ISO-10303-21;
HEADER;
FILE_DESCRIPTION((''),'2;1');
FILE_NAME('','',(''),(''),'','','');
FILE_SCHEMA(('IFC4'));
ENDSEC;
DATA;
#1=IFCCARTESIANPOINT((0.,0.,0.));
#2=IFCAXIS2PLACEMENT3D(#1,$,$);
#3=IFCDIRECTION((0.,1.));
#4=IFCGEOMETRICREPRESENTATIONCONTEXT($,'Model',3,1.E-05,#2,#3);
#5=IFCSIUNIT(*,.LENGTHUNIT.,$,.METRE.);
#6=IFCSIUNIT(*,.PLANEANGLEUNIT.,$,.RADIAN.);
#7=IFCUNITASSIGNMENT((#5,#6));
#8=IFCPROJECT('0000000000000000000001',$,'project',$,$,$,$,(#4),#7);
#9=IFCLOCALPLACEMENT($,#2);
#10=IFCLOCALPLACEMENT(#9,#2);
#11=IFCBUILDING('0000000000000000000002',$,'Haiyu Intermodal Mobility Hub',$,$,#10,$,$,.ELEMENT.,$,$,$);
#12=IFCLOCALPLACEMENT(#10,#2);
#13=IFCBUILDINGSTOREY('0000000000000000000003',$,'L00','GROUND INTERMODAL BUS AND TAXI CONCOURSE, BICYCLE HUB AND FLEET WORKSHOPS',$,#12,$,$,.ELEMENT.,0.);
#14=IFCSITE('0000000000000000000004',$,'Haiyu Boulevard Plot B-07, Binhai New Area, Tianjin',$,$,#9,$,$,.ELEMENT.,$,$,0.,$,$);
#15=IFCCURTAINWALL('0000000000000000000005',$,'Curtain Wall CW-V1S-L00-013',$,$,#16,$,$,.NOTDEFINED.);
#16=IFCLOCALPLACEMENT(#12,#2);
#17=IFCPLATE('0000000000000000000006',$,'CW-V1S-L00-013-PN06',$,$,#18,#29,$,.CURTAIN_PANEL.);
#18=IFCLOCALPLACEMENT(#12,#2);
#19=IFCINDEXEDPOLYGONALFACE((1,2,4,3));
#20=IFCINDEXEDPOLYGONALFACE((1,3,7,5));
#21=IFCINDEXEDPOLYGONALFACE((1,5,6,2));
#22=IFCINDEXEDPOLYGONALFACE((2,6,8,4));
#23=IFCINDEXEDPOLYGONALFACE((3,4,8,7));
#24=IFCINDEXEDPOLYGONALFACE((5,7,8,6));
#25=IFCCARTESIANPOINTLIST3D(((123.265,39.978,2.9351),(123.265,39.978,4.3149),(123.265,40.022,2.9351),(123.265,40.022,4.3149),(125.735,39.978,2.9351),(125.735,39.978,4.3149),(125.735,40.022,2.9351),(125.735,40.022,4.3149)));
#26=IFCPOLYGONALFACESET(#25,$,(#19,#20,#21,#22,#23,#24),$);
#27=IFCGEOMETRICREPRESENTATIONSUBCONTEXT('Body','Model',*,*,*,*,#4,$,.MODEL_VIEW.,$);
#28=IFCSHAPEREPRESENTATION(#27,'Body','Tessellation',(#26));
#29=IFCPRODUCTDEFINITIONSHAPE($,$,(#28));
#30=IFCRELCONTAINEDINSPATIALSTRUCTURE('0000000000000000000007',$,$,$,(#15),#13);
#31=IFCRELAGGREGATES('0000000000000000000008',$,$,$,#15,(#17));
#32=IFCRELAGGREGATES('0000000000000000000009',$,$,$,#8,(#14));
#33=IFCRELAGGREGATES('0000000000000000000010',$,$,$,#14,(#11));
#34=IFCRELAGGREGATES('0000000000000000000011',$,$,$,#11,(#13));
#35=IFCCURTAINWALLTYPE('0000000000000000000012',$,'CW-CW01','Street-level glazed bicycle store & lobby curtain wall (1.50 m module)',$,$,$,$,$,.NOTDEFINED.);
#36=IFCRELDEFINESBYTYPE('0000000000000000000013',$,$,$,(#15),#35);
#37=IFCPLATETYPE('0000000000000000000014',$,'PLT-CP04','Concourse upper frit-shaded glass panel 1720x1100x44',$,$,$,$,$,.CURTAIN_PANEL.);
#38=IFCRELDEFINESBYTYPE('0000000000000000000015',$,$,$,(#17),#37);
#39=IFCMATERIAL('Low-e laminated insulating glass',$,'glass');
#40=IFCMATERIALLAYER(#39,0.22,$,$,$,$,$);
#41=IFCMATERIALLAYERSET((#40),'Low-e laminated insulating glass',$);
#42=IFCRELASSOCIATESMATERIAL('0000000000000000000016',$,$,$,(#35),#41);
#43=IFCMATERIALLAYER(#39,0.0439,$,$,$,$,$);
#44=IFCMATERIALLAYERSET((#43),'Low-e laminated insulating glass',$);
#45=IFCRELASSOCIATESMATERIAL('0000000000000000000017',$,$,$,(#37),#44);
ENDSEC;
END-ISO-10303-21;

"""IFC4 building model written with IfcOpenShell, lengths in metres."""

from ifc_helpers import new_model, si_unit, direction, frame, origin, origin_2d, place, context, subcontext, project, spatial, rectangle, extrude, material, layer, layer_set, type_object, element, aggregate, save


model = new_model("IFC4")

# Units and contexts
model_context = context("Model", 3, precision=1e-05, world=origin(), true_north=direction((0.0, 1.0)))
body_context = subcontext(model_context, "Body", "Model", "MODEL_VIEW")
ifc_project = project(units=[si_unit("LENGTHUNIT", "METRE"), si_unit("PLANEANGLEUNIT", "RADIAN")], contexts=[model_context])

# Site, building, storey
site_placement = place(None, origin())
site = spatial("IfcSite", under=ifc_project, at=site_placement, Name="Haiyu Boulevard Plot B-07, Binhai New Area, Tianjin", CompositionType="ELEMENT", RefElevation=0.0)
building_placement = place(site_placement, origin())
building = spatial("IfcBuilding", under=site, at=building_placement, Name="Haiyu Intermodal Mobility Hub", CompositionType="ELEMENT")
storey_placement = place(building_placement, origin())
storey = spatial("IfcBuildingStorey", under=building, at=storey_placement, Name="L00", Description="GROUND INTERMODAL BUS AND TAXI CONCOURSE, BICYCLE HUB AND FLEET WORKSHOPS", CompositionType="ELEMENT", Elevation=0.0)

# Curtain wall
ifc_material_1 = material(Name="Low-e laminated insulating glass", Category="glass")
ifc_layer_1 = layer(ifc_material_1, 0.22)
ifc_layer_set_1 = layer_set([ifc_layer_1], Name="Low-e laminated insulating glass")
curtain_wall_type = type_object("IfcCurtainWallType", Name="CW-CW01", Description="Street-level glazed bicycle store & lobby curtain wall (1.50 m module)", PredefinedType="NOTDEFINED", material=ifc_layer_set_1)
curtain_wall_1_placement = place(storey_placement, origin())
curtain_wall_1 = element("IfcCurtainWall", 1, at=curtain_wall_1_placement, inside=storey, type_object=curtain_wall_type, Name="Curtain Wall CW-V1S-L00-013", PredefinedType="NOTDEFINED")

# Plate
ifc_layer_2 = layer(ifc_material_1, 0.0439)
ifc_layer_set_2 = layer_set([ifc_layer_2], Name="Low-e laminated insulating glass")
plate_type_1 = type_object("IfcPlateType", Name="PLT-CP04", Description="Concourse upper frit-shaded glass panel 1720x1100x44", PredefinedType="CURTAIN_PANEL", material=ifc_layer_set_2)
plate_1_placement = place(storey_placement, frame((124.5, 40.0, 2.9351), z_axis=(0.0, 0.0, 1.0), x_axis=(1.0, 0.0, 0.0)))
plate_1 = element("IfcPlate", 2, at=plate_1_placement, type_object=plate_type_1, Name="CW-V1S-L00-013-PN06", PredefinedType="CURTAIN_PANEL", context=body_context, shape_type="SweptSolid", body=[
    extrude(rectangle(XDim=2.47, YDim=0.0439, at=origin_2d()), origin(), (0.0, 0.0, 1.0), 1.3799),
])
aggregate(curtain_wall_1, [plate_1])

save(model, "model.ifc")
